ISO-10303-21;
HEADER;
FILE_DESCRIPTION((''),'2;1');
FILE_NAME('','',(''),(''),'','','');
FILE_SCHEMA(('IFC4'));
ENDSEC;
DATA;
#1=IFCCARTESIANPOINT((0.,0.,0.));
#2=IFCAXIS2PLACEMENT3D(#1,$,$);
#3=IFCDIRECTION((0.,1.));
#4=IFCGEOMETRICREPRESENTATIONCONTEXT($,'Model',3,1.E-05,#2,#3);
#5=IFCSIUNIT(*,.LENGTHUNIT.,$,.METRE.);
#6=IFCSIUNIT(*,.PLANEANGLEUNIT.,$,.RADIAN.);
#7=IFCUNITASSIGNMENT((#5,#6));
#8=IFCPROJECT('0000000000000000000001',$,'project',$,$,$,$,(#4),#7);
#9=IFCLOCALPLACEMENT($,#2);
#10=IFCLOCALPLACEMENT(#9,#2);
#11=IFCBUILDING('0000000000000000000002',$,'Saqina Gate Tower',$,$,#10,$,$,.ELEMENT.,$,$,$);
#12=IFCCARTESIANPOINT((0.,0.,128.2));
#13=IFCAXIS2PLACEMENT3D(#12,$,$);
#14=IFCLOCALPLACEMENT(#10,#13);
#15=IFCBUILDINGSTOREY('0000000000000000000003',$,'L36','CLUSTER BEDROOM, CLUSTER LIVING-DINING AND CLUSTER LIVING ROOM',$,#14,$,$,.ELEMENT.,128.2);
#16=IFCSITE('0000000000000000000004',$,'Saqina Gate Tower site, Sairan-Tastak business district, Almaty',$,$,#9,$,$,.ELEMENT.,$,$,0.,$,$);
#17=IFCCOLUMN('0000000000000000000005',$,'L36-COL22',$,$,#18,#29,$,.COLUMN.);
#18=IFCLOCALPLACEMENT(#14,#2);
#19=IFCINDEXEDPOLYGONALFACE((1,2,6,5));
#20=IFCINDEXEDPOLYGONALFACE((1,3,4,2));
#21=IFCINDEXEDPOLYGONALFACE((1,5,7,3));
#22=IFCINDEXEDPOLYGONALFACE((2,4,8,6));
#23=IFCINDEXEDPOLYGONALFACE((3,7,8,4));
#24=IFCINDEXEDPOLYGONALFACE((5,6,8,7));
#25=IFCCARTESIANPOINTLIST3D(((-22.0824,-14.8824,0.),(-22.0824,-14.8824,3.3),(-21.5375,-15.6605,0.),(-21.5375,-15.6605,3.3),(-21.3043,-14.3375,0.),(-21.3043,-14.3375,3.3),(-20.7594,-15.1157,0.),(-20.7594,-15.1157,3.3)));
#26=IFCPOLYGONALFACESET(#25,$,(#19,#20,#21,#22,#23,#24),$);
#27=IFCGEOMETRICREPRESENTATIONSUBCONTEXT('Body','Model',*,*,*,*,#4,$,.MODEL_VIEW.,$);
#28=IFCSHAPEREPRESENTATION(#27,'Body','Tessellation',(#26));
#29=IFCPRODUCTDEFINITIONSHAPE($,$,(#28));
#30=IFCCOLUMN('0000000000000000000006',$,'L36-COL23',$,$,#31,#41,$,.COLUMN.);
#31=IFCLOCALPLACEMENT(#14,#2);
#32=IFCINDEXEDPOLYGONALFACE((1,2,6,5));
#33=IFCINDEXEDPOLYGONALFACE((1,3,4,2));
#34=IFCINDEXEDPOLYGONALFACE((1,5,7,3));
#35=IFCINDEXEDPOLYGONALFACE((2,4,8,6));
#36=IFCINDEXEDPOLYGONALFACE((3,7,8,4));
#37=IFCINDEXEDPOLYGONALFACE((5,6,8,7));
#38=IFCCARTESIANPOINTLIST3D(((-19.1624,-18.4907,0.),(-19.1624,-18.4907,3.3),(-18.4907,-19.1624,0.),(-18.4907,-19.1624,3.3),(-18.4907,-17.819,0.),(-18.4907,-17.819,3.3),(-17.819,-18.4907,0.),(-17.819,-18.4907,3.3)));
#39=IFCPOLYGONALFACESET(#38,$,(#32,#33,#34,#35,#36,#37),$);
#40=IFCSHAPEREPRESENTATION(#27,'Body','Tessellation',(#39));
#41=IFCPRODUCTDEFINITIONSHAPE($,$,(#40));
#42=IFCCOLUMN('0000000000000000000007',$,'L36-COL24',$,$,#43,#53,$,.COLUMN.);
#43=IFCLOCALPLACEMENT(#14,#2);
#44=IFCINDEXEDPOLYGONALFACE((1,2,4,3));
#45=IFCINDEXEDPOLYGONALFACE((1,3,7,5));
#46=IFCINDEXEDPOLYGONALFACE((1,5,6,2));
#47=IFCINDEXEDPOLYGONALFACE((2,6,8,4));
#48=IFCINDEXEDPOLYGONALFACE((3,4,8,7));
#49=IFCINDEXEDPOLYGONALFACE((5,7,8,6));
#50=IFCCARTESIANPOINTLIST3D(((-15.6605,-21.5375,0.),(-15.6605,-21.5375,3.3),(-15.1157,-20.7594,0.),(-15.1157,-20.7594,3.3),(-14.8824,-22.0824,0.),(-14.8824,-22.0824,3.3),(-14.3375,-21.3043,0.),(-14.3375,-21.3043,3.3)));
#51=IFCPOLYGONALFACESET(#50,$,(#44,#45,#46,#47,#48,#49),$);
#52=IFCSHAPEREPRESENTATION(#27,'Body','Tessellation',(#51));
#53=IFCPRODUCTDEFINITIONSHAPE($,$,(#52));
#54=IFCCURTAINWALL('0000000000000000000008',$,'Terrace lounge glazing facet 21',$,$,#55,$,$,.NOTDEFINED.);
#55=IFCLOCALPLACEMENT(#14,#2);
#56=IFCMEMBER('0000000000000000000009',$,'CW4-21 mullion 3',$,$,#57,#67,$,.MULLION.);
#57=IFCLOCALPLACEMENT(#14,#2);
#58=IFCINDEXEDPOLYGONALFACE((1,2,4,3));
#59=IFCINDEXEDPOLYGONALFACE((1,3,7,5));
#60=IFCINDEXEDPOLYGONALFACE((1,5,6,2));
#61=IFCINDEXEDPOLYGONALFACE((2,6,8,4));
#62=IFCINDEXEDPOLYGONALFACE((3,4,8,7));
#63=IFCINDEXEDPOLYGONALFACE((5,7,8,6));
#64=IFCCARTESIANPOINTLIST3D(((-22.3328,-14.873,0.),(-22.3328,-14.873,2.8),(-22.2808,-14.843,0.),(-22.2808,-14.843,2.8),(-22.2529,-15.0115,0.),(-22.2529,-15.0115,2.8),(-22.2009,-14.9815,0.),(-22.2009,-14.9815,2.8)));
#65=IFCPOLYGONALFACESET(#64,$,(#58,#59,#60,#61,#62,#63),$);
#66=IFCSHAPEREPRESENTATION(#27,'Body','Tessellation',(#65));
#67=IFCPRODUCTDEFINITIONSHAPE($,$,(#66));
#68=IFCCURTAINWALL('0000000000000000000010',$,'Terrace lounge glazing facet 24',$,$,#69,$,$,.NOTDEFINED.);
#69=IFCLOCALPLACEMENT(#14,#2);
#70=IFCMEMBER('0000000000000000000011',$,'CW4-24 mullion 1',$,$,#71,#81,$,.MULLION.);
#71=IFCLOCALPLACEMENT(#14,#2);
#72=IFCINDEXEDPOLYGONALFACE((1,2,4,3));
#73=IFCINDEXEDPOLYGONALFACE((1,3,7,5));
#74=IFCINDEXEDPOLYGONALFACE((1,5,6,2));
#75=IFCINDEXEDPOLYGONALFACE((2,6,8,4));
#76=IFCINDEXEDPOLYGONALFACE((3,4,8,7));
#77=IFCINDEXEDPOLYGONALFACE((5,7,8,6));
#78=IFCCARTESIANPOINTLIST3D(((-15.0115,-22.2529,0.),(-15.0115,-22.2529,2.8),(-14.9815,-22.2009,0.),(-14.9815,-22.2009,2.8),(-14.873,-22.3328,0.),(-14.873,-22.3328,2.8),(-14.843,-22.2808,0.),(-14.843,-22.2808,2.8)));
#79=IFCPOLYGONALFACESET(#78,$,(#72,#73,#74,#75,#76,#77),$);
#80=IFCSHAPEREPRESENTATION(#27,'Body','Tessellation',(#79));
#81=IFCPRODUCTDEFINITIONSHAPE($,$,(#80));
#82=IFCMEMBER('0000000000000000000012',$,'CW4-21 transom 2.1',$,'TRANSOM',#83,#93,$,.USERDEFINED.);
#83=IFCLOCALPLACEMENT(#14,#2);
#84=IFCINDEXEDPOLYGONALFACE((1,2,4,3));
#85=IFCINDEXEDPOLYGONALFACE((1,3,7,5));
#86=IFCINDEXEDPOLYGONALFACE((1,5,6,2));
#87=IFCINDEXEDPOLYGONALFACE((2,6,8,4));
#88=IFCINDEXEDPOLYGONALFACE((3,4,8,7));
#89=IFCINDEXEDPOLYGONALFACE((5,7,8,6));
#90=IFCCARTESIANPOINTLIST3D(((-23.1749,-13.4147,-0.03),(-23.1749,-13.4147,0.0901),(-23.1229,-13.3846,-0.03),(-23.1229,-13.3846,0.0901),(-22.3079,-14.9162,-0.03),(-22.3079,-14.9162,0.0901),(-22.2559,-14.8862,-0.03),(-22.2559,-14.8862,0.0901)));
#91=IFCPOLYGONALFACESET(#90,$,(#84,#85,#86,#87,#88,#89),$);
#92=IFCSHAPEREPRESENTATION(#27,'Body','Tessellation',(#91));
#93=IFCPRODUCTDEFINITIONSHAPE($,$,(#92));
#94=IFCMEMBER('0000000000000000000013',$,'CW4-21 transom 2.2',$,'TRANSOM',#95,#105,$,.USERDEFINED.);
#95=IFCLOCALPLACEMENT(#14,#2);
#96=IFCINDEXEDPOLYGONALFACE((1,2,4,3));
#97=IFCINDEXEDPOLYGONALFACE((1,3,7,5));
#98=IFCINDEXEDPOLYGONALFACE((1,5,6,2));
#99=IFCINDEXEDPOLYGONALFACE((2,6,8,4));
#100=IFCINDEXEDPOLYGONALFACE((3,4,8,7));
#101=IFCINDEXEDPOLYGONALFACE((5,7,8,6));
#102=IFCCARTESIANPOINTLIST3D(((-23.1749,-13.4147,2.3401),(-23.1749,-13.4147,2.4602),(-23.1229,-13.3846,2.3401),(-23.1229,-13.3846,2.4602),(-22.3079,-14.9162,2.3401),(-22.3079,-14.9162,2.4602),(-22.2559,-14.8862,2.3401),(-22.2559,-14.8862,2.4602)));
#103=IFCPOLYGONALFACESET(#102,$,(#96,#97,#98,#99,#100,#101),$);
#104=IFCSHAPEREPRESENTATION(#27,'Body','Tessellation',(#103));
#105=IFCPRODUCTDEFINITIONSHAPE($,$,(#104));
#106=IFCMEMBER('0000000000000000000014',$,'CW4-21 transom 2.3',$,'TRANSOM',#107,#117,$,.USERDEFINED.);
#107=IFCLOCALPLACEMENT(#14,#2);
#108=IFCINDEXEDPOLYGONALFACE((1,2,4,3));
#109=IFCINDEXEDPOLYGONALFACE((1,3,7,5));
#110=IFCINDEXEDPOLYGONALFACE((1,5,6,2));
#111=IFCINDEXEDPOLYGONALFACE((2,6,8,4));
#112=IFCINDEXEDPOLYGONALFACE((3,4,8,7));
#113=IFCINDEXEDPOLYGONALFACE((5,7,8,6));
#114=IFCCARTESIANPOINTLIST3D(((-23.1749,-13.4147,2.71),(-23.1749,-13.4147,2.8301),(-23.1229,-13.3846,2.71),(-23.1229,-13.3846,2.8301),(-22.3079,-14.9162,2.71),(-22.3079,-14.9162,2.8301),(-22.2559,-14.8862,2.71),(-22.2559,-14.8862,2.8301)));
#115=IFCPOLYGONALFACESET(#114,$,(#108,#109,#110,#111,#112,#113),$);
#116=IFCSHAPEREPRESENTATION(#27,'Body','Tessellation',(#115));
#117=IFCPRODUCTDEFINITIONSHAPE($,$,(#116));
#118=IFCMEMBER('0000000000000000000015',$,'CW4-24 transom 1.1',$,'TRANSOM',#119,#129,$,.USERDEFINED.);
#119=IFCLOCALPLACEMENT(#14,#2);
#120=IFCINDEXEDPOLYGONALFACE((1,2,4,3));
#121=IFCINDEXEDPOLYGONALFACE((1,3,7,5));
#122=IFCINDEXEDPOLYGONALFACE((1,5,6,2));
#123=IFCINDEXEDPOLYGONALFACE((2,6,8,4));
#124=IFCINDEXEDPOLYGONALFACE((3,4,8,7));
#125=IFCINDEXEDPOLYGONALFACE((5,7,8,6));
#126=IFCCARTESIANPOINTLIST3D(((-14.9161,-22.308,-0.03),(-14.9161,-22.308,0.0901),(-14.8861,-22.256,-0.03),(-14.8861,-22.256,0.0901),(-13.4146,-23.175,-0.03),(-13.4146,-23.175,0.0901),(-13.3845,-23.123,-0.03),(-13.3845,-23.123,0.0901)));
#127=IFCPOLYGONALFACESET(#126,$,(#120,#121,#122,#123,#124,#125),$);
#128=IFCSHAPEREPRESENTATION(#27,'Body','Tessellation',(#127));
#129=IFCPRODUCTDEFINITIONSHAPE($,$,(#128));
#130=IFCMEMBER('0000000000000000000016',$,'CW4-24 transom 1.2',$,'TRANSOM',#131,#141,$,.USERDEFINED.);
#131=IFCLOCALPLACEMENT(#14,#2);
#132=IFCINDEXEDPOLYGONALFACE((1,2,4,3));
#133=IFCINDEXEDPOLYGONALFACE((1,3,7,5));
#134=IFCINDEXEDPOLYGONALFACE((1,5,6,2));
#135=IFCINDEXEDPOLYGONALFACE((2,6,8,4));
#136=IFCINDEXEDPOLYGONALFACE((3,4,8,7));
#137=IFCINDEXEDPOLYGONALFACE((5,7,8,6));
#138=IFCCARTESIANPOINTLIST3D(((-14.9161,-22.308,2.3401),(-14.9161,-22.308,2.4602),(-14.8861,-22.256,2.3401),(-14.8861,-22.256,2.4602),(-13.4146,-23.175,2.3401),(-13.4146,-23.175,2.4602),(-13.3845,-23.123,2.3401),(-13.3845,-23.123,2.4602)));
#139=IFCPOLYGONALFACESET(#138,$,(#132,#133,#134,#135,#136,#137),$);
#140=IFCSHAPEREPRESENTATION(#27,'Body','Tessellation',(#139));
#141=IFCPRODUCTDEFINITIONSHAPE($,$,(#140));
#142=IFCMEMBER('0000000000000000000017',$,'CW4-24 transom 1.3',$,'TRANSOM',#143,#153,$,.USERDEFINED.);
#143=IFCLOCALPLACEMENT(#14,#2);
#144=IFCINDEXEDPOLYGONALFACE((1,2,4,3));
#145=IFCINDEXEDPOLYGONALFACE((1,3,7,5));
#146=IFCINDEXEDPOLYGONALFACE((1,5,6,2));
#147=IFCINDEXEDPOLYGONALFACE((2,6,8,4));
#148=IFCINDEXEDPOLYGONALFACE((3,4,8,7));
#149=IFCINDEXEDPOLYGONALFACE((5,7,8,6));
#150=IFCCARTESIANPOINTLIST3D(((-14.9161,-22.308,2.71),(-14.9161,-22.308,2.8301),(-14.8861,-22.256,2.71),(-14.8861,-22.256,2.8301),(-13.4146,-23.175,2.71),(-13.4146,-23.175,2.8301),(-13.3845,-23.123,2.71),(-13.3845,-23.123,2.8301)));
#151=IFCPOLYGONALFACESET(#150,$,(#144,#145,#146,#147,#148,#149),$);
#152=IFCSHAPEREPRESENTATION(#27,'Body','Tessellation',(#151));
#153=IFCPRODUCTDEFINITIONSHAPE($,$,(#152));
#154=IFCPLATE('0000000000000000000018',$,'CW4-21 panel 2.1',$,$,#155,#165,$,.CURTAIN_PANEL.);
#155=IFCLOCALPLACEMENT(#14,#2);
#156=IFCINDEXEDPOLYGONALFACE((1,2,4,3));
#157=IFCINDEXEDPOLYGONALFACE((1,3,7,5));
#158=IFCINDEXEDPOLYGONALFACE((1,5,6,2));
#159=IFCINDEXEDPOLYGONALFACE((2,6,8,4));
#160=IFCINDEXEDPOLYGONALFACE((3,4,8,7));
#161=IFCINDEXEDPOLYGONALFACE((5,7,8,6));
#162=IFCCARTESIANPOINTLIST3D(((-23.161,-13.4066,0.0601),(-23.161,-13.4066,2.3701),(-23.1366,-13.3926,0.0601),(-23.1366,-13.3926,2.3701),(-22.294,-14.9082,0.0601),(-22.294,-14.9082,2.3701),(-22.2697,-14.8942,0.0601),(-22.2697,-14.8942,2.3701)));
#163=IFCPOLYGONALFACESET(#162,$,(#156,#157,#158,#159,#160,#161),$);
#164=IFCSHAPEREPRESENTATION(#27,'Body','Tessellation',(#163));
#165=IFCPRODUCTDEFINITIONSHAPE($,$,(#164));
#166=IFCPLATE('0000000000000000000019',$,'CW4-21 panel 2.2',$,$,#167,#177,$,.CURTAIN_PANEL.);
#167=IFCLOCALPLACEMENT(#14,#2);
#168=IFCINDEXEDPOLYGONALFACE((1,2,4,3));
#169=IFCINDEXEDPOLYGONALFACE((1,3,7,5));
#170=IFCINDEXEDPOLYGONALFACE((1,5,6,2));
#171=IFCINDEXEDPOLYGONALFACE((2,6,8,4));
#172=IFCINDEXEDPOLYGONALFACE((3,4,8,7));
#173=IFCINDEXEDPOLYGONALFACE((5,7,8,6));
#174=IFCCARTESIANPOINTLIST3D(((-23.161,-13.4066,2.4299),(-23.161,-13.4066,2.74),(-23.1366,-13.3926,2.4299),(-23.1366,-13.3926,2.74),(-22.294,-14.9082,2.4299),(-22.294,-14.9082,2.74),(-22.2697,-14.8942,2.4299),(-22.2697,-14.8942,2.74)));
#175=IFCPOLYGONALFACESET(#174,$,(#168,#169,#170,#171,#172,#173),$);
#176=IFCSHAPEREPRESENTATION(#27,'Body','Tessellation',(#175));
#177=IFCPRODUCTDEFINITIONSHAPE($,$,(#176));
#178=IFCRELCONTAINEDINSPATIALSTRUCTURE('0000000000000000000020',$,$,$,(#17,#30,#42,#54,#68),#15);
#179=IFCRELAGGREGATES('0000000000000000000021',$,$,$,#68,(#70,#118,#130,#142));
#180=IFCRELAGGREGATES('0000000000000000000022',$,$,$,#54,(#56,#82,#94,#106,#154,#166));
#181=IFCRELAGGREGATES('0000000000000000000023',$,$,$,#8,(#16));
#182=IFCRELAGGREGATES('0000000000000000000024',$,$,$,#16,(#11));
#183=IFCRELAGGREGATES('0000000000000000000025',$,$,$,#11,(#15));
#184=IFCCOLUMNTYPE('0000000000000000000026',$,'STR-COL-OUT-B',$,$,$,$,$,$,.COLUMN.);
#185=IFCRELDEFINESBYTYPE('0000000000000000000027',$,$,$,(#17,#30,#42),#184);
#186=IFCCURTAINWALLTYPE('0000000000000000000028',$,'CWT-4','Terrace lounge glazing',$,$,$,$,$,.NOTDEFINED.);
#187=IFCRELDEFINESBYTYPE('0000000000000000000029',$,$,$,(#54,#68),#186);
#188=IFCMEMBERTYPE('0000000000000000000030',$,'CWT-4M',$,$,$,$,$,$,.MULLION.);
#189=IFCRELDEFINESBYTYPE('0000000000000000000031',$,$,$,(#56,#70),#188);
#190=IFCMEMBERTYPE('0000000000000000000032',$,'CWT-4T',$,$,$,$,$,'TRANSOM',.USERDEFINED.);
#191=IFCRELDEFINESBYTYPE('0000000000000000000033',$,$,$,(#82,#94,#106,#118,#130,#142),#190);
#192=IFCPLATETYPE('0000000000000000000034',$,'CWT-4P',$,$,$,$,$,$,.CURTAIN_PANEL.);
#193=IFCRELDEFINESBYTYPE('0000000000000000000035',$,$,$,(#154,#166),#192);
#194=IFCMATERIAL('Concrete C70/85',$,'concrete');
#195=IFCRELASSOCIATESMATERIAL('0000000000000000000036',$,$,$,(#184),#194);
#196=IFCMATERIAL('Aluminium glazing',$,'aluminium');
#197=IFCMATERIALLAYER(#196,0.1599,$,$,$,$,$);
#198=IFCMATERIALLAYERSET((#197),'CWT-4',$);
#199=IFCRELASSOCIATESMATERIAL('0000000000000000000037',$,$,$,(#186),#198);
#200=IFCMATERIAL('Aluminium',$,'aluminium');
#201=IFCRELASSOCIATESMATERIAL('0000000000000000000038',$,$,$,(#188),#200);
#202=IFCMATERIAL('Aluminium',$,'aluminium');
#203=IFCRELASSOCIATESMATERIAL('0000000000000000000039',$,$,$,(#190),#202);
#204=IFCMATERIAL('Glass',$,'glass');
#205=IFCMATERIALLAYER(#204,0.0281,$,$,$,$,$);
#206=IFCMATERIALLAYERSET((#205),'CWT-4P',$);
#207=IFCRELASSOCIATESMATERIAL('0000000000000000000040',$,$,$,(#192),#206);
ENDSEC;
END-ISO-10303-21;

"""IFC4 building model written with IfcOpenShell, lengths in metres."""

from ifc_helpers import new_model, si_unit, direction, frame, origin, origin_2d, place, context, subcontext, project, spatial, rectangle, extrude, material, layer, layer_set, material_profile, profile_set, type_object, element, aggregate, save


model = new_model("IFC4")

# Units and contexts
model_context = context("Model", 3, precision=1e-05, world=origin(), true_north=direction((0.0, 1.0)))
body_context = subcontext(model_context, "Body", "Model", "MODEL_VIEW")
ifc_project = project(units=[si_unit("LENGTHUNIT", "METRE"), si_unit("PLANEANGLEUNIT", "RADIAN")], contexts=[model_context])

# Site, building, storey
site_placement = place(None, origin())
site = spatial("IfcSite", under=ifc_project, at=site_placement, Name="Saqina Gate Tower site, Sairan-Tastak business district, Almaty", CompositionType="ELEMENT", RefElevation=0.0)
building_placement = place(site_placement, origin())
building = spatial("IfcBuilding", under=site, at=building_placement, Name="Saqina Gate Tower", CompositionType="ELEMENT")
storey_placement = place(building_placement, frame((0.0, 0.0, 128.2)))
storey = spatial("IfcBuildingStorey", under=building, at=storey_placement, Name="L36", Description="CLUSTER BEDROOM, CLUSTER LIVING-DINING AND CLUSTER LIVING ROOM", CompositionType="ELEMENT", Elevation=128.2)

# Columns
ifc_material_1 = material(Name="Concrete C70/85", Category="concrete")
ifc_material_profile_1 = material_profile(ifc_material_1, rectangle(XDim=0.95, YDim=0.95, at=origin_2d()), Name="RC 950x950")
ifc_profile_set_1 = profile_set([ifc_material_profile_1], Name="Concrete C70/85")
column_type = type_object("IfcColumnType", Name="STR-COL-OUT-B", PredefinedType="COLUMN", material=ifc_profile_set_1)
for number, where, z_axis, x_axis, name in (
    (1, (-21.4209, -14.999, 0.0), (0.0, 0.0, 1.0), (-0.819152, -0.573576, 0.0), "L36-COL22"),
    (2, (-18.4907, -18.4907, 0.0), (0.0, 0.0, 1.0), (-0.707107, -0.707107, 0.0), "L36-COL23"),
    (3, (-14.999, -21.4209, 0.0), (0.0, 0.0, 1.0), (-0.573576, -0.819152, 0.0), "L36-COL24"),
):
    element("IfcColumn", number, at=place(storey_placement, frame(where, z_axis=z_axis, x_axis=x_axis)), inside=storey, type_object=column_type, Name=name, PredefinedType="COLUMN", context=body_context, shape_type="SweptSolid", body=[
        extrude(rectangle(XDim=0.95, YDim=0.95, at=origin_2d()), origin(), (0.0, 0.0, 1.0), 3.3),
    ])

# Curtain walls, members
ifc_material_2 = material(Name="Aluminium glazing", Category="aluminium")
ifc_layer_1 = layer(ifc_material_2, 0.1599)
ifc_layer_set_1 = layer_set([ifc_layer_1], Name="CWT-4")
curtain_wall_type = type_object("IfcCurtainWallType", Name="CWT-4", Description="Terrace lounge glazing", PredefinedType="NOTDEFINED", material=ifc_layer_set_1)
curtain_wall_1_placement = place(storey_placement, origin())
curtain_wall_1 = element("IfcCurtainWall", 4, at=curtain_wall_1_placement, inside=storey, type_object=curtain_wall_type, Name="Terrace lounge glazing facet 21", PredefinedType="NOTDEFINED")
ifc_material_3 = material(Name="Aluminium", Category="aluminium")
ifc_material_profile_2 = material_profile(ifc_material_3, rectangle(XDim=0.0601, YDim=0.1599, at=origin_2d()), Name="Aluminium 60x160")
ifc_profile_set_2 = profile_set([ifc_material_profile_2], Name="Aluminium")
member_type_1 = type_object("IfcMemberType", Name="CWT-4M", PredefinedType="MULLION", material=ifc_profile_set_2)
member_1_placement = place(storey_placement, frame((-22.2668, -14.9272, 0.0), z_axis=(0.0, 0.0, 1.0), x_axis=(0.866026, 0.499999, 0.0)))
member_1 = element("IfcMember", 5, at=member_1_placement, type_object=member_type_1, Name="CW4-21 mullion 3", PredefinedType="MULLION", context=body_context, shape_type="SweptSolid", body=[
    extrude(rectangle(XDim=0.0601, YDim=0.1599, at=origin_2d()), origin(), (0.0, 0.0, 1.0), 2.8),
])
curtain_wall_2_placement = place(storey_placement, origin())
curtain_wall_2 = element("IfcCurtainWall", 6, at=curtain_wall_2_placement, inside=storey, type_object=curtain_wall_type, Name="Terrace lounge glazing facet 24", PredefinedType="NOTDEFINED")
member_2_placement = place(storey_placement, frame((-14.9272, -22.2668, 0.0), z_axis=(0.0, 0.0, 1.0), x_axis=(0.499999, 0.866026, 0.0)))
member_2 = element("IfcMember", 7, at=member_2_placement, type_object=member_type_1, Name="CW4-24 mullion 1", PredefinedType="MULLION", context=body_context, shape_type="SweptSolid", body=[
    extrude(rectangle(XDim=0.0601, YDim=0.1599, at=origin_2d()), origin(), (0.0, 0.0, 1.0), 2.8),
])

# Members
ifc_material_4 = material(Name="Aluminium", Category="aluminium")
ifc_material_profile_3 = material_profile(ifc_material_4, rectangle(XDim=0.0601, YDim=0.1201, at=origin_2d()), Name="Aluminium 60x120")
ifc_profile_set_3 = profile_set([ifc_material_profile_3], Name="Aluminium")
member_type_2 = type_object("IfcMemberType", Name="CWT-4T", ElementType="TRANSOM", PredefinedType="USERDEFINED", material=ifc_profile_set_3)
member_3_placement = place(storey_placement, frame((-23.1489, -13.3997, 0.03), z_axis=(0.500031, -0.866007, 0.0), x_axis=(0.866007, 0.500031, 0.0)))
member_3 = element("IfcMember", 8, at=member_3_placement, type_object=member_type_2, Name="CW4-21 transom 2.1", ObjectType="TRANSOM", PredefinedType="USERDEFINED", context=body_context, shape_type="SweptSolid", body=[
    extrude(rectangle(XDim=0.0601, YDim=0.1201, at=origin_2d()), origin(), (0.0, 0.0, 1.0), 1.7339),
])
member_4_placement = place(storey_placement, frame((-23.1489, -13.3997, 2.4001), z_axis=(0.500031, -0.866007, 0.0), x_axis=(0.866007, 0.500031, 0.0)))
member_4 = element("IfcMember", 9, at=member_4_placement, type_object=member_type_2, Name="CW4-21 transom 2.2", ObjectType="TRANSOM", PredefinedType="USERDEFINED", context=body_context, shape_type="SweptSolid", body=[
    extrude(rectangle(XDim=0.0601, YDim=0.1201, at=origin_2d()), origin(), (0.0, 0.0, 1.0), 1.7339),
])
member_5_placement = place(storey_placement, frame((-23.1489, -13.3997, 2.77), z_axis=(0.500031, -0.866007, 0.0), x_axis=(0.866007, 0.500031, 0.0)))
member_5 = element("IfcMember", 10, at=member_5_placement, type_object=member_type_2, Name="CW4-21 transom 2.3", ObjectType="TRANSOM", PredefinedType="USERDEFINED", context=body_context, shape_type="SweptSolid", body=[
    extrude(rectangle(XDim=0.0601, YDim=0.1201, at=origin_2d()), origin(), (0.0, 0.0, 1.0), 1.7339),
])
member_6_placement = place(storey_placement, frame((-14.9011, -22.282, 0.03), z_axis=(0.866007, -0.500031, 0.0), x_axis=(0.500031, 0.866007, 0.0)))
member_6 = element("IfcMember", 11, at=member_6_placement, type_object=member_type_2, Name="CW4-24 transom 1.1", ObjectType="TRANSOM", PredefinedType="USERDEFINED", context=body_context, shape_type="SweptSolid", body=[
    extrude(rectangle(XDim=0.0601, YDim=0.1201, at=origin_2d()), origin(), (0.0, 0.0, 1.0), 1.7339),
])
member_7_placement = place(storey_placement, frame((-14.9011, -22.282, 2.4001), z_axis=(0.866007, -0.500031, 0.0), x_axis=(0.500031, 0.866007, 0.0)))
member_7 = element("IfcMember", 12, at=member_7_placement, type_object=member_type_2, Name="CW4-24 transom 1.2", ObjectType="TRANSOM", PredefinedType="USERDEFINED", context=body_context, shape_type="SweptSolid", body=[
    extrude(rectangle(XDim=0.0601, YDim=0.1201, at=origin_2d()), origin(), (0.0, 0.0, 1.0), 1.7339),
])
member_8_placement = place(storey_placement, frame((-14.9011, -22.282, 2.77), z_axis=(0.866007, -0.500031, 0.0), x_axis=(0.500031, 0.866007, 0.0)))
member_8 = element("IfcMember", 13, at=member_8_placement, type_object=member_type_2, Name="CW4-24 transom 1.3", ObjectType="TRANSOM", PredefinedType="USERDEFINED", context=body_context, shape_type="SweptSolid", body=[
    extrude(rectangle(XDim=0.0601, YDim=0.1201, at=origin_2d()), origin(), (0.0, 0.0, 1.0), 1.7339),
])
aggregate(curtain_wall_2, [member_2, member_6, member_7, member_8])

# Plates
ifc_material_5 = material(Name="Glass", Category="glass")
ifc_layer_2 = layer(ifc_material_5, 0.0281)
ifc_layer_set_2 = layer_set([ifc_layer_2], Name="CWT-4P")
plate_type = type_object("IfcPlateType", Name="CWT-4P", PredefinedType="CURTAIN_PANEL", material=ifc_layer_set_2)
plate_1_placement = place(storey_placement, frame((-22.7153, -14.1504, 0.0601), z_axis=(0.0, 0.0, 1.0), x_axis=(0.499999, -0.866026, 0.0)))
plate_1 = element("IfcPlate", 14, at=plate_1_placement, type_object=plate_type, Name="CW4-21 panel 2.1", PredefinedType="CURTAIN_PANEL", context=body_context, shape_type="SweptSolid", body=[
    extrude(rectangle(XDim=1.7339, YDim=0.0281, at=origin_2d()), origin(), (0.0, 0.0, 1.0), 2.3101),
])
plate_2_placement = place(storey_placement, frame((-22.7153, -14.1504, 2.4299), z_axis=(0.0, 0.0, 1.0), x_axis=(0.499999, -0.866026, 0.0)))
plate_2 = element("IfcPlate", 15, at=plate_2_placement, type_object=plate_type, Name="CW4-21 panel 2.2", PredefinedType="CURTAIN_PANEL", context=body_context, shape_type="SweptSolid", body=[
    extrude(rectangle(XDim=1.7339, YDim=0.0281, at=origin_2d()), origin(), (0.0, 0.0, 1.0), 0.3101),
])
aggregate(curtain_wall_1, [member_1, member_3, member_4, member_5, plate_1, plate_2])

save(model, "model.ifc")
